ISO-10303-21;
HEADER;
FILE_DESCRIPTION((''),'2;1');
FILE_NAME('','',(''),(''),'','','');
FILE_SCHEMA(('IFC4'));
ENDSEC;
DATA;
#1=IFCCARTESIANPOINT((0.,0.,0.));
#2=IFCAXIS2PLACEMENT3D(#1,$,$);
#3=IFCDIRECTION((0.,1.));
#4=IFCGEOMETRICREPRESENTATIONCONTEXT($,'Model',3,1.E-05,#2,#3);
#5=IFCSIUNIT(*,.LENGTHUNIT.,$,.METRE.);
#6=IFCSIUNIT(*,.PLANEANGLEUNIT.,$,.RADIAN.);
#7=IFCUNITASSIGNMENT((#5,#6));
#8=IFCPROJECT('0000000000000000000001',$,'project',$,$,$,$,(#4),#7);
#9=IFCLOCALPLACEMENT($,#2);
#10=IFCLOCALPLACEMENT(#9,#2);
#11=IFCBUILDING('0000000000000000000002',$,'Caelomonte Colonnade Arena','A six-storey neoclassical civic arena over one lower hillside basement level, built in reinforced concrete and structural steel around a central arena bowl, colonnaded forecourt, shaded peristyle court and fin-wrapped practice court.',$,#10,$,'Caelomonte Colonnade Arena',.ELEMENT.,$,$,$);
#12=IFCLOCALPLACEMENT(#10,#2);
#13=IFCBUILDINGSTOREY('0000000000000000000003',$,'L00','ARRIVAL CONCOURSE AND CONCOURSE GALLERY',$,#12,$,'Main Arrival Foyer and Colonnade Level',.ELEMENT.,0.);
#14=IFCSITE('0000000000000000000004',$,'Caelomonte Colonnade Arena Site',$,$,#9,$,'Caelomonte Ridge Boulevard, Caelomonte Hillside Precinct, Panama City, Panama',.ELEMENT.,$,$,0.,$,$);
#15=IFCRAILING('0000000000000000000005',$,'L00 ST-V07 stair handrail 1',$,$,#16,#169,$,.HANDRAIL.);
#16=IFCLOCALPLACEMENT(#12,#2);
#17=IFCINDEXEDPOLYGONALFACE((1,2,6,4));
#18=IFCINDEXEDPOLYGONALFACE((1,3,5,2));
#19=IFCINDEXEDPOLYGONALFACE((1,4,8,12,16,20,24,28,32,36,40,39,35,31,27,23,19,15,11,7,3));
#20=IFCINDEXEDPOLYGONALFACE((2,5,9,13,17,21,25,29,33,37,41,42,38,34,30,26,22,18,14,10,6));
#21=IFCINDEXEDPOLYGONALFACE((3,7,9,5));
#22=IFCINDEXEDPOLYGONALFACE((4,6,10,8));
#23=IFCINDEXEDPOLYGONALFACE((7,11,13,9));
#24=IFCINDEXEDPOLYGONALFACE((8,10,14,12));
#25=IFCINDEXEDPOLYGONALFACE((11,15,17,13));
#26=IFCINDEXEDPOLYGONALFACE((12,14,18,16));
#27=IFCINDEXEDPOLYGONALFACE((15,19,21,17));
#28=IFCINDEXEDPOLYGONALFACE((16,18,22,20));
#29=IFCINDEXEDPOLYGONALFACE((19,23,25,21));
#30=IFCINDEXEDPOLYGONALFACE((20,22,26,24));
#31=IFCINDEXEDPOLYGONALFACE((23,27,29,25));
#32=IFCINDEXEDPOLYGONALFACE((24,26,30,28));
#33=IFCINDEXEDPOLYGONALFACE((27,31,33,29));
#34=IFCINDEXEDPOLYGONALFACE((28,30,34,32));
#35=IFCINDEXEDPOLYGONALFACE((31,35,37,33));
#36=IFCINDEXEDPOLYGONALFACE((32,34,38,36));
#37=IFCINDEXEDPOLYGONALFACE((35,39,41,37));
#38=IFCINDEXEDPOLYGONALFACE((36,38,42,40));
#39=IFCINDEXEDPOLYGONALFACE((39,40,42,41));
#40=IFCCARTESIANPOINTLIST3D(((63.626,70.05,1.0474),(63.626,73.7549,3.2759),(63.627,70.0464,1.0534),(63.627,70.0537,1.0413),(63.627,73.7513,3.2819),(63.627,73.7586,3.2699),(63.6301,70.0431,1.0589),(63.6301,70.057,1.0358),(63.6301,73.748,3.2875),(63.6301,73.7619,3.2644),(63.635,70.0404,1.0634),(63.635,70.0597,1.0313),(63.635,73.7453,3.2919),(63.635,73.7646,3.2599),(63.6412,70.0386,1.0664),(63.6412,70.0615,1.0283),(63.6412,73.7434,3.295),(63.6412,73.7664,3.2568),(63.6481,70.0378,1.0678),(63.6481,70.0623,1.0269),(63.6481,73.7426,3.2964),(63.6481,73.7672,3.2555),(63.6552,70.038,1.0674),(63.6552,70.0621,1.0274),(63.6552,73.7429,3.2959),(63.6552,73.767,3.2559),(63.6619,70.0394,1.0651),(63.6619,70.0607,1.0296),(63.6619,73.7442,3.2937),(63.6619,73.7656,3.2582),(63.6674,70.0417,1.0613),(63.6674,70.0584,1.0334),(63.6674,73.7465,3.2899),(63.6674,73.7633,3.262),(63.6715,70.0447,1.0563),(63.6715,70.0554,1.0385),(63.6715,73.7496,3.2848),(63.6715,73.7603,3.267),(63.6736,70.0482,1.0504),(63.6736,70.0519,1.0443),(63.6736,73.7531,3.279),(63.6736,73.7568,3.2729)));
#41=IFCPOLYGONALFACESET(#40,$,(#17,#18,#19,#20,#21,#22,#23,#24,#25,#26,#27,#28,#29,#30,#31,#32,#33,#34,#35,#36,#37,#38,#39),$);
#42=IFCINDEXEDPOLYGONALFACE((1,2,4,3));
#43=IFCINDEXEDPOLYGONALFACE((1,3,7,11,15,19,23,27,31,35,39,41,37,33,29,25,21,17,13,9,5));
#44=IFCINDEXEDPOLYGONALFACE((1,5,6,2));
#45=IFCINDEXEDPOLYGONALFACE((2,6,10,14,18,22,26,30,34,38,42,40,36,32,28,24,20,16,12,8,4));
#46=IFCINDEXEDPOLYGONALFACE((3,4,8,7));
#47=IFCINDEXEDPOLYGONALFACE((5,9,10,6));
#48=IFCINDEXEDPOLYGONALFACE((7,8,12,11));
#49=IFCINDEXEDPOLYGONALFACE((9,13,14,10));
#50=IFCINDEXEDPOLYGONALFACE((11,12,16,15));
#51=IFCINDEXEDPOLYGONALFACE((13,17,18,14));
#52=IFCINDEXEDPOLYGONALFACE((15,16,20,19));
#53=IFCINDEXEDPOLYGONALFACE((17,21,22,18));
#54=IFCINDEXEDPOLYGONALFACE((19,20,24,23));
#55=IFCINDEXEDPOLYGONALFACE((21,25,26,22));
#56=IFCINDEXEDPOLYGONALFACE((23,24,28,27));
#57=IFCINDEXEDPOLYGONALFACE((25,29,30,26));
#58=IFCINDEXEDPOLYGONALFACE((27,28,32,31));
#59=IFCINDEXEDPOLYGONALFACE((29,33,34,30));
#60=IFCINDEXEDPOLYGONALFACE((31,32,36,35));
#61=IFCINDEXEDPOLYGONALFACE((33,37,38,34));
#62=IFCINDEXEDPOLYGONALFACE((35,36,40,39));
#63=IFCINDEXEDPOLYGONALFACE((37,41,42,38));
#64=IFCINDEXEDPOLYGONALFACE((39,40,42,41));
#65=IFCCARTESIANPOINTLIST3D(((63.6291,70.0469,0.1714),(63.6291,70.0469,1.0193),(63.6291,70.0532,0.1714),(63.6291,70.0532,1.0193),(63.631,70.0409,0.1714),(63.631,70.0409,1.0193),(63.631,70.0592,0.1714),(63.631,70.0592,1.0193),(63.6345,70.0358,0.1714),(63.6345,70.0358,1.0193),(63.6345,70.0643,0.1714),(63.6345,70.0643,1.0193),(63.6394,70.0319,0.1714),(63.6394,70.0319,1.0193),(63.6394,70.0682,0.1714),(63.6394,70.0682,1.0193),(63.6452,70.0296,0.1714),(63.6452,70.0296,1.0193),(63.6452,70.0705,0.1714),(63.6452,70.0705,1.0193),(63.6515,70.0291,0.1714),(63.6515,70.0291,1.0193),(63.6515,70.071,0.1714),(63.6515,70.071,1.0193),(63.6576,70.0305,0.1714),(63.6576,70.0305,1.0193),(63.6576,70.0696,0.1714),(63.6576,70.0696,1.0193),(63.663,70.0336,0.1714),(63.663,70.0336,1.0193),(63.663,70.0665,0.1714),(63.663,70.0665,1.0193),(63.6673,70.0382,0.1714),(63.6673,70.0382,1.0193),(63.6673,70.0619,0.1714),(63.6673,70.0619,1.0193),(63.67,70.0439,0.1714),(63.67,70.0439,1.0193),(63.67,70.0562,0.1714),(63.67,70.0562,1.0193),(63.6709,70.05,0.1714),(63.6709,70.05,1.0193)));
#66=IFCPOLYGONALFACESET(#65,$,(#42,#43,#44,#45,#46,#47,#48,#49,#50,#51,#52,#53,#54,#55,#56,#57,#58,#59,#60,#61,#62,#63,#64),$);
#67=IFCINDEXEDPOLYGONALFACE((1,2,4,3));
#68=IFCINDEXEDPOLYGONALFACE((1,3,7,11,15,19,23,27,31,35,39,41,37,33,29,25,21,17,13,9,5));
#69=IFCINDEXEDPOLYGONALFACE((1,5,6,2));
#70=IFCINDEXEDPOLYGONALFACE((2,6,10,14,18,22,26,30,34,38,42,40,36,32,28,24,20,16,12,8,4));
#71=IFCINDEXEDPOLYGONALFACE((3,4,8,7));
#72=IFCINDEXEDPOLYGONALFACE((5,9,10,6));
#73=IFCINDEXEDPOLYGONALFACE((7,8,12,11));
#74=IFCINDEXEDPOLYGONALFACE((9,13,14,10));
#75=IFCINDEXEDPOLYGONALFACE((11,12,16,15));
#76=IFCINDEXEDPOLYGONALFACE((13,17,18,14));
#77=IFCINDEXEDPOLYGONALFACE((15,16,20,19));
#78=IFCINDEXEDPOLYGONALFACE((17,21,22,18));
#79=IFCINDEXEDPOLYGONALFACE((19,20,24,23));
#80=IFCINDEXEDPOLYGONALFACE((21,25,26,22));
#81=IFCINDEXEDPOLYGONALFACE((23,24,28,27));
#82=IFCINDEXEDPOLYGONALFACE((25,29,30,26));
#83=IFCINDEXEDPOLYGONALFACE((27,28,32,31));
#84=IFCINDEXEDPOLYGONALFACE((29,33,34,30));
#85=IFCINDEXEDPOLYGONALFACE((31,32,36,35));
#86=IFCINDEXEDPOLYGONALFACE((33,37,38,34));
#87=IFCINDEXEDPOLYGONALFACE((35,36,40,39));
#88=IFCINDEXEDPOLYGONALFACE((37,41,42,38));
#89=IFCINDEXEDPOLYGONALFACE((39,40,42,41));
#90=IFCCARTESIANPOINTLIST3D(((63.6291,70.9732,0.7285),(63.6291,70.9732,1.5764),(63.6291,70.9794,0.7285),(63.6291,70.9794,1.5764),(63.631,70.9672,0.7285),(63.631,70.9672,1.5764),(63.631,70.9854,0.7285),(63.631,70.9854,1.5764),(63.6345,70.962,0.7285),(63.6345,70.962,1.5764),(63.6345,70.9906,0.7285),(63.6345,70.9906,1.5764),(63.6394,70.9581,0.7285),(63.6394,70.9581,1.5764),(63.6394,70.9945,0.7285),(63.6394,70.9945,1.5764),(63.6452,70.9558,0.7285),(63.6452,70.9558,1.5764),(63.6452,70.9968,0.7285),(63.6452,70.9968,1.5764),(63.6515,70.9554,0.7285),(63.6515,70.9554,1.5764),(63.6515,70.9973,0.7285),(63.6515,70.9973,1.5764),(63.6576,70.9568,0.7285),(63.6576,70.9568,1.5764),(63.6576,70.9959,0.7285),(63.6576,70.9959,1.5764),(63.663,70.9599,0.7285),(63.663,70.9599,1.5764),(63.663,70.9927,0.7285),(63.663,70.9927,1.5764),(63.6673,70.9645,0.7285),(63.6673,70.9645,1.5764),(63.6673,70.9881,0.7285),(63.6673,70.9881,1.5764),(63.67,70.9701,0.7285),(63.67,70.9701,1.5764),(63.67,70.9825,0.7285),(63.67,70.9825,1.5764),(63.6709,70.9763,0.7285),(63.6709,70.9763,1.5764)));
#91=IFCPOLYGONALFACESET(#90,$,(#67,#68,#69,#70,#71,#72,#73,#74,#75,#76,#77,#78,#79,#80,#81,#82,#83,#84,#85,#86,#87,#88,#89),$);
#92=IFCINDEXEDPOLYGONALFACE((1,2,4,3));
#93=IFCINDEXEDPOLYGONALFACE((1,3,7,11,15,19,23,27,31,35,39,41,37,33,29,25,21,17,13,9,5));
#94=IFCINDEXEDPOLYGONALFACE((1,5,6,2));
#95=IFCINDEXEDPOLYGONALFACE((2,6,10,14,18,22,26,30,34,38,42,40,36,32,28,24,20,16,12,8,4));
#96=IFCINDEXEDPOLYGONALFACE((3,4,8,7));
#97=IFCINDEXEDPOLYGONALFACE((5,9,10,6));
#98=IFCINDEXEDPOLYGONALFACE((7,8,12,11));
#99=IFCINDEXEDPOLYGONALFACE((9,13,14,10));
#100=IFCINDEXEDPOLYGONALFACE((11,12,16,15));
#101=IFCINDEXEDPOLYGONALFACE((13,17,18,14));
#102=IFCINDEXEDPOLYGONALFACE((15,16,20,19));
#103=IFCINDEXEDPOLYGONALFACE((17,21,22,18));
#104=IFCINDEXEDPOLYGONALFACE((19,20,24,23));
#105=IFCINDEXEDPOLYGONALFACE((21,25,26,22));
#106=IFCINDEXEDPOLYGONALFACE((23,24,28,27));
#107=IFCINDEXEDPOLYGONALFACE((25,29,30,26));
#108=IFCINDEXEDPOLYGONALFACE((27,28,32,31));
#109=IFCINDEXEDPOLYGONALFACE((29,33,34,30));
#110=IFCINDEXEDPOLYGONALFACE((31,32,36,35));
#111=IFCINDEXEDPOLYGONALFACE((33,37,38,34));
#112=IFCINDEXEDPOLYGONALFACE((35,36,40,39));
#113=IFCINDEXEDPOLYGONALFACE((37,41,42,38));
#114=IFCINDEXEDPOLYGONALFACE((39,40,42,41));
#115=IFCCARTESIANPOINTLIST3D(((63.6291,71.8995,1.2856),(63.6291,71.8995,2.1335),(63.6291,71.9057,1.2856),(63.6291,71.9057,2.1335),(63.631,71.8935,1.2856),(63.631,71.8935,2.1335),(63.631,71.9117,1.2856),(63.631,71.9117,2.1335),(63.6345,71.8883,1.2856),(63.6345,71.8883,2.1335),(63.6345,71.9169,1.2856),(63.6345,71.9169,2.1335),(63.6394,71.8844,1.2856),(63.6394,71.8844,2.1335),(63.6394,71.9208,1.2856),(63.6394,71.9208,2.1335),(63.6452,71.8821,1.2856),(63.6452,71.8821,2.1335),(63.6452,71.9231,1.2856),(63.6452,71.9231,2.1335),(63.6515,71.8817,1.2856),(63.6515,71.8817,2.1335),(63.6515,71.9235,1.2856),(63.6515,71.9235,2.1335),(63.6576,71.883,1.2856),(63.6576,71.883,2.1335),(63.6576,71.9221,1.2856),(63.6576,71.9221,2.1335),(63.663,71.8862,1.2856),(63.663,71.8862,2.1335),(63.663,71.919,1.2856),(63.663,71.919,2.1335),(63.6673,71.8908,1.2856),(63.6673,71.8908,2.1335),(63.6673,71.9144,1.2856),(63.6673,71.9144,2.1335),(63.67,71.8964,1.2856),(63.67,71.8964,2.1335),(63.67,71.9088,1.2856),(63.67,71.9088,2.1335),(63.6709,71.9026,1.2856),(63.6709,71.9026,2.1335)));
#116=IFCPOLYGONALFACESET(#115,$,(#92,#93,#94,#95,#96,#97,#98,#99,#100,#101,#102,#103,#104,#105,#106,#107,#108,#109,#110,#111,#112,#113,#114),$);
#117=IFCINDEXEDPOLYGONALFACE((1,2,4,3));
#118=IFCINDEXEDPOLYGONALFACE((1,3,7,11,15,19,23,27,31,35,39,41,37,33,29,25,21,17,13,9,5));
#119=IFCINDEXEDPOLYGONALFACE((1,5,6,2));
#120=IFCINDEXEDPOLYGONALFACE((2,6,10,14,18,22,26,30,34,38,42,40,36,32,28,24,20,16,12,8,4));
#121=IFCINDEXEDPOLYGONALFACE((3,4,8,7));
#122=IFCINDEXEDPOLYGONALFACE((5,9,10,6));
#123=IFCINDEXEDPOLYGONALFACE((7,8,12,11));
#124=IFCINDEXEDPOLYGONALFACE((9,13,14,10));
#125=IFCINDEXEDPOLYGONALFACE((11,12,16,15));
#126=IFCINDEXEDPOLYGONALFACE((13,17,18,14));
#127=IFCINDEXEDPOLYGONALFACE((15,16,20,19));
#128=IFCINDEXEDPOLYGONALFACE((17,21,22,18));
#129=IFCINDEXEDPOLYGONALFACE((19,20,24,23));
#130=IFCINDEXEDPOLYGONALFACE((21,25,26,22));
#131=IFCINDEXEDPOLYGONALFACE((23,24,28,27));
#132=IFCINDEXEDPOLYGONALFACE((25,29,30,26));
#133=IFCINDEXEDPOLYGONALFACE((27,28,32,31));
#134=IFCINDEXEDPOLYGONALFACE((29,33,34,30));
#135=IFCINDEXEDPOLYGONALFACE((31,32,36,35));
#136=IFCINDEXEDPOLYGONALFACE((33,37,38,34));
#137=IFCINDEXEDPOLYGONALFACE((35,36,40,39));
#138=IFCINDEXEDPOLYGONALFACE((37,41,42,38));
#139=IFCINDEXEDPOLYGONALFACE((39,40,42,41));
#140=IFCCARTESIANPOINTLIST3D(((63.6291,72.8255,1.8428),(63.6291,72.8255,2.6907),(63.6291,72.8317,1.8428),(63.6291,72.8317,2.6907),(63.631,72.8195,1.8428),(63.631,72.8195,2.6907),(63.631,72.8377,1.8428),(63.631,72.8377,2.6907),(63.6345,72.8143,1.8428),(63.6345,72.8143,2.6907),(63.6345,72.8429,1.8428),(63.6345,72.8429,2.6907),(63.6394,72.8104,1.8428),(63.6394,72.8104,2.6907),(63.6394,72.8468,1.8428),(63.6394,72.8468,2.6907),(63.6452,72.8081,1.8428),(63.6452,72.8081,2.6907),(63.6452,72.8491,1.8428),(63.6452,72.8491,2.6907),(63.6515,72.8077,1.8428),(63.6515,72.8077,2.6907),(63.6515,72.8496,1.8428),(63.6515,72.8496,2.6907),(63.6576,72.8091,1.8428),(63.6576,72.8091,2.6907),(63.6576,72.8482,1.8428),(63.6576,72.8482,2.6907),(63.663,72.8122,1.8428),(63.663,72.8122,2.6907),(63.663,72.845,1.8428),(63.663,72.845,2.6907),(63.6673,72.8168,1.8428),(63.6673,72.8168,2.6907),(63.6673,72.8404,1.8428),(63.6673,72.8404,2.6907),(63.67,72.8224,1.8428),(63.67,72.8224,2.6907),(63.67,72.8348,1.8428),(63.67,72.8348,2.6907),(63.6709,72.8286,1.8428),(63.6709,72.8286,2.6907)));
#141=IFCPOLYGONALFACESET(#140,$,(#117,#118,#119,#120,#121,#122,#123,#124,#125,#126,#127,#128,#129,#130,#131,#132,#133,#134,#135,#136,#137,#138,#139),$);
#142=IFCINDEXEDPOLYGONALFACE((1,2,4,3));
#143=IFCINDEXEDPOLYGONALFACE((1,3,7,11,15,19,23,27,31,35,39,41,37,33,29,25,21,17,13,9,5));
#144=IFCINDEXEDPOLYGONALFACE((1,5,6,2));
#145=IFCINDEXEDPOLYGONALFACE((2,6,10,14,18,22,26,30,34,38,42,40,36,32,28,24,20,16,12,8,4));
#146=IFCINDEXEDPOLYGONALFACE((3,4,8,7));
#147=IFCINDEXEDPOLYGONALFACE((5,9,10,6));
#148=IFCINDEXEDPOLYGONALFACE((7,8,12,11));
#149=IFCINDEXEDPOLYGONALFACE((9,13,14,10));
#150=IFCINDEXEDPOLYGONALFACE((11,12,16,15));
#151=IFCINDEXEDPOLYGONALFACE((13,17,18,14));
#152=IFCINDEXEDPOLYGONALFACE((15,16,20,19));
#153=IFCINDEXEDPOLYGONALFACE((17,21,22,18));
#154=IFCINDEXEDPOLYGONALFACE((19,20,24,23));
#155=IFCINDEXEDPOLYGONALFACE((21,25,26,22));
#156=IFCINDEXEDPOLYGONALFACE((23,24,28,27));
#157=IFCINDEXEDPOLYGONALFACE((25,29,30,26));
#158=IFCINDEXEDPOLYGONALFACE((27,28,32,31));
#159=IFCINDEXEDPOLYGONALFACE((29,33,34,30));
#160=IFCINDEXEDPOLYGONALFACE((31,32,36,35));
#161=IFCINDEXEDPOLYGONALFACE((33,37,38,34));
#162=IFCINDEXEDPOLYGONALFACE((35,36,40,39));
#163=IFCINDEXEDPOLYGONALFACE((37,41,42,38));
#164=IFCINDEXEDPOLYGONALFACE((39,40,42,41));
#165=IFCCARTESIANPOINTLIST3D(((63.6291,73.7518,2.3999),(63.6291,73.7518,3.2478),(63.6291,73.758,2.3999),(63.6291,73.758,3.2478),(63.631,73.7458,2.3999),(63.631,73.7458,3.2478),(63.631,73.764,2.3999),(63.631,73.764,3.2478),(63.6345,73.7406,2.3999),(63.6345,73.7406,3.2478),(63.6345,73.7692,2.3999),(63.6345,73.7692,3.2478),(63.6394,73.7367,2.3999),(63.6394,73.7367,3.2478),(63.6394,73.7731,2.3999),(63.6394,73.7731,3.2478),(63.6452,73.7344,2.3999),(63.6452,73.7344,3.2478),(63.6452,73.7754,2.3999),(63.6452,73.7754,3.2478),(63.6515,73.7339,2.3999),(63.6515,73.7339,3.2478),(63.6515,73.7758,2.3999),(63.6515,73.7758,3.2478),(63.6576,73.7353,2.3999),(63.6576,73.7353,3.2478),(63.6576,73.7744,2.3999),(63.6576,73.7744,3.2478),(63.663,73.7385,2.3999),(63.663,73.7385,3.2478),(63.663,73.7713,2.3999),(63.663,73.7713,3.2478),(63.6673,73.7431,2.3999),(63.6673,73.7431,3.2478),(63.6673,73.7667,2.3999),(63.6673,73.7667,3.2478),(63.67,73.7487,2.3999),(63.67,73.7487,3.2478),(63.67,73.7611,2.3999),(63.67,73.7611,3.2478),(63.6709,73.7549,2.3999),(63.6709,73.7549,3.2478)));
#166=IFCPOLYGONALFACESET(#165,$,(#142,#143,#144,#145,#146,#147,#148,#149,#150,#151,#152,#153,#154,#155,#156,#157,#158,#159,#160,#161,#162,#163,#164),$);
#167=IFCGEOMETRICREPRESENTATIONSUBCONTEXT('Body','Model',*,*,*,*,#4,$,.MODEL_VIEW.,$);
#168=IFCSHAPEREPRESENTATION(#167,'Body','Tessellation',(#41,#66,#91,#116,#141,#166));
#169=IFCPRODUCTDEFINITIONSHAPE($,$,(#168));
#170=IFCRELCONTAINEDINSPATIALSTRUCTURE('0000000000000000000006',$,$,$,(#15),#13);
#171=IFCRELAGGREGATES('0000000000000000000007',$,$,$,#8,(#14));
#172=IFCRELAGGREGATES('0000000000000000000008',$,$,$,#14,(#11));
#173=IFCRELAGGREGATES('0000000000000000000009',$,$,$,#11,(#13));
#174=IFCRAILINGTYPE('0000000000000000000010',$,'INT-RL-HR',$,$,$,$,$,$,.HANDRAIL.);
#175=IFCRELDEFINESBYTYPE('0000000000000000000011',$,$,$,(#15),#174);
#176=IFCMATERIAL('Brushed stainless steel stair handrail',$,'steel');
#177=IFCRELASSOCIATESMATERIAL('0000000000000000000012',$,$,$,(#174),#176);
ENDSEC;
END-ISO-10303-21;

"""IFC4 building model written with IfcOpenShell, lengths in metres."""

from ifc_helpers import new_model, si_unit, direction, frame, origin, origin_2d, place, context, subcontext, project, spatial, circle, extrude, material, type_object, element, save


model = new_model("IFC4")

# Units and contexts
model_context = context("Model", 3, precision=1e-05, world=origin(), true_north=direction((0.0, 1.0)))
body_context = subcontext(model_context, "Body", "Model", "MODEL_VIEW")
ifc_project = project(units=[si_unit("LENGTHUNIT", "METRE"), si_unit("PLANEANGLEUNIT", "RADIAN")], contexts=[model_context])

# Site, building, storey
site_placement = place(None, origin())
site = spatial("IfcSite", under=ifc_project, at=site_placement, Name="Caelomonte Colonnade Arena Site", LongName="Caelomonte Ridge Boulevard, Caelomonte Hillside Precinct, Panama City, Panama", CompositionType="ELEMENT", RefElevation=0.0)
building_placement = place(site_placement, origin())
building = spatial("IfcBuilding", under=site, at=building_placement, Name="Caelomonte Colonnade Arena", Description="A six-storey neoclassical civic arena over one lower hillside basement level, built in reinforced concrete and structural steel around a central arena bowl, colonnaded forecourt, shaded peristyle court and fin-wrapped practice court.", LongName="Caelomonte Colonnade Arena", CompositionType="ELEMENT")
storey_placement = place(building_placement, origin())
storey = spatial("IfcBuildingStorey", under=building, at=storey_placement, Name="L00", Description="ARRIVAL CONCOURSE AND CONCOURSE GALLERY", LongName="Main Arrival Foyer and Colonnade Level", CompositionType="ELEMENT", Elevation=0.0)

# Railing
ifc_material_1 = material(Name="Brushed stainless steel stair handrail", Category="steel")
railing_type_1 = type_object("IfcRailingType", Name="INT-RL-HR", PredefinedType="HANDRAIL", material=ifc_material_1)
railing_1_placement = place(storey_placement, frame((63.6499, 70.05, 0.1714)))
element("IfcRailing", 1, at=railing_1_placement, inside=storey, type_object=railing_type_1, Name="L00 ST-V07 stair handrail 1", PredefinedType="HANDRAIL", context=body_context, shape_type="SweptSolid", body=[
    extrude(circle(Radius=0.0239, at=origin_2d()), frame((0.0, 0.0, 0.876), z_axis=(0.0, 0.856919, 0.51545), x_axis=(-1.0, 0.0, 0.0)), (0.0, 0.0, 1.0), 4.3235),
    extrude(circle(Radius=0.021, at=origin_2d()), origin(), (0.0, 0.0, 1.0), 0.8479),
    extrude(circle(Radius=0.021, at=origin_2d()), frame((0.0, 0.9263, 0.5571)), (0.0, 0.0, 1.0), 0.8479),
    extrude(circle(Radius=0.021, at=origin_2d()), frame((0.0, 1.8525, 1.1143)), (0.0, 0.0, 1.0), 0.8479),
    extrude(circle(Radius=0.021, at=origin_2d()), frame((0.0, 2.7786, 1.6714)), (0.0, 0.0, 1.0), 0.8479),
    extrude(circle(Radius=0.021, at=origin_2d()), frame((0.0, 3.7048, 2.2285)), (0.0, 0.0, 1.0), 0.8479),
])

save(model, "model.ifc")
